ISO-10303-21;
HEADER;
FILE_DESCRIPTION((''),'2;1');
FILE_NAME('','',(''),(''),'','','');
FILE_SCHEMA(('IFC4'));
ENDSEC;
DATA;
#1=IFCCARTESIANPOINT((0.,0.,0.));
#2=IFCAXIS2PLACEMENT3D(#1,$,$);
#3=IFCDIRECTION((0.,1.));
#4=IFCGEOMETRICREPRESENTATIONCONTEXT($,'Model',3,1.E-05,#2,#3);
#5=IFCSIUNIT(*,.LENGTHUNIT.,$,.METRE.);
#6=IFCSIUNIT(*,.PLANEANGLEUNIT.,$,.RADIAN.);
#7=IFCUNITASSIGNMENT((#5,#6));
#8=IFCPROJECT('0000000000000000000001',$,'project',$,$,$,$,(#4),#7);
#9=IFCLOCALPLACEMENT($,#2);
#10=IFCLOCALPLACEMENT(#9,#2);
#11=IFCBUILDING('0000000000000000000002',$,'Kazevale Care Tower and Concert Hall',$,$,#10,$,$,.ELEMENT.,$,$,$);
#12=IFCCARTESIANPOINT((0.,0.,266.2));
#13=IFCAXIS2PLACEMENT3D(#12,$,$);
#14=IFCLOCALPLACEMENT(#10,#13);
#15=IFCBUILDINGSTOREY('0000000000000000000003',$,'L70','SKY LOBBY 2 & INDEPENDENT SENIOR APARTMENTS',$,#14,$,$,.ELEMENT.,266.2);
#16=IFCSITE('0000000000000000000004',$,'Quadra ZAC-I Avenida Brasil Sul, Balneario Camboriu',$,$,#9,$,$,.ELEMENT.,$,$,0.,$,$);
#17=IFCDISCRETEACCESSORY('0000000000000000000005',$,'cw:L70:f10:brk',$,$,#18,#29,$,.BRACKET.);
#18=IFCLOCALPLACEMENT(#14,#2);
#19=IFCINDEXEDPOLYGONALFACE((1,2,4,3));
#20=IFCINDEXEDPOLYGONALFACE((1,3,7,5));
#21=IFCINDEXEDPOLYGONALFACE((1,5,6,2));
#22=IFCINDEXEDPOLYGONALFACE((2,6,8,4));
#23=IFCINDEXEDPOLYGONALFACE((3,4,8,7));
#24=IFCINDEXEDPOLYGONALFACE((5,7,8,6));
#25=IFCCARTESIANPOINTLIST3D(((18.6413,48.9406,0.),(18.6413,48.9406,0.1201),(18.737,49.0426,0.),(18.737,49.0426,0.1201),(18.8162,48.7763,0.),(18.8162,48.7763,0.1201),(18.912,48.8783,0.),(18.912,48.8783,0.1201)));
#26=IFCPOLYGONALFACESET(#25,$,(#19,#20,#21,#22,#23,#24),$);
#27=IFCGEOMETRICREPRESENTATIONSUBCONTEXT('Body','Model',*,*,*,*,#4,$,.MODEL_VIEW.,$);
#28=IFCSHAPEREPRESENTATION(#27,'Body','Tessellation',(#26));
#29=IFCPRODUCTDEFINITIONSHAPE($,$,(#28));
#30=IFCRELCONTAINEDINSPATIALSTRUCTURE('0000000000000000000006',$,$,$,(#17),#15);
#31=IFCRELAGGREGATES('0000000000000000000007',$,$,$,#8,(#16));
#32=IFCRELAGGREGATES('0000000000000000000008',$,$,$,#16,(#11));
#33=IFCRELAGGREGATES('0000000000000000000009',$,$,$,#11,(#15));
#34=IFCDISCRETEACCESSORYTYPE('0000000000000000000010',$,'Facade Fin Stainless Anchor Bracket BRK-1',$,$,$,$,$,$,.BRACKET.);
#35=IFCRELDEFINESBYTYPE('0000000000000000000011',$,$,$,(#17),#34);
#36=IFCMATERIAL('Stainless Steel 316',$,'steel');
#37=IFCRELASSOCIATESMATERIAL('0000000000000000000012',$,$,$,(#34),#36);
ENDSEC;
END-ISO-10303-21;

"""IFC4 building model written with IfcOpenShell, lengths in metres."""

from ifc_helpers import new_model, si_unit, direction, frame, origin, origin_2d, place, context, subcontext, project, spatial, rectangle, extrude, material, type_object, element, save


model = new_model("IFC4")

# Units and contexts
model_context = context("Model", 3, precision=1e-05, world=origin(), true_north=direction((0.0, 1.0)))
body_context = subcontext(model_context, "Body", "Model", "MODEL_VIEW")
ifc_project = project(units=[si_unit("LENGTHUNIT", "METRE"), si_unit("PLANEANGLEUNIT", "RADIAN")], contexts=[model_context])

# Site, building, storey
site_placement = place(None, origin())
site = spatial("IfcSite", under=ifc_project, at=site_placement, Name="Quadra ZAC-I Avenida Brasil Sul, Balneario Camboriu", CompositionType="ELEMENT", RefElevation=0.0)
building_placement = place(site_placement, origin())
building = spatial("IfcBuilding", under=site, at=building_placement, Name="Kazevale Care Tower and Concert Hall", CompositionType="ELEMENT")
storey_placement = place(building_placement, frame((0.0, 0.0, 266.2)))
storey = spatial("IfcBuildingStorey", under=building, at=storey_placement, Name="L70", Description="SKY LOBBY 2 & INDEPENDENT SENIOR APARTMENTS", CompositionType="ELEMENT", Elevation=266.2)

# Discrete accessory
ifc_material_1 = material(Name="Stainless Steel 316", Category="steel")
discrete_accessory_type = type_object("IfcDiscreteAccessoryType", Name="Facade Fin Stainless Anchor Bracket BRK-1", PredefinedType="BRACKET", material=ifc_material_1)
discrete_accessory_placement = place(storey_placement, frame((18.7766, 48.9094, 0.0), z_axis=(0.0, 0.0, 1.0), x_axis=(-0.728969, 0.684547, 0.0)))
element("IfcDiscreteAccessory", 1, at=discrete_accessory_placement, inside=storey, type_object=discrete_accessory_type, Name="cw:L70:f10:brk", PredefinedType="BRACKET", context=body_context, shape_type="SweptSolid", body=[
    extrude(rectangle(XDim=0.24, YDim=0.1399, at=origin_2d()), origin(), (0.0, 0.0, 1.0), 0.1201),
])

save(model, "model.ifc")
